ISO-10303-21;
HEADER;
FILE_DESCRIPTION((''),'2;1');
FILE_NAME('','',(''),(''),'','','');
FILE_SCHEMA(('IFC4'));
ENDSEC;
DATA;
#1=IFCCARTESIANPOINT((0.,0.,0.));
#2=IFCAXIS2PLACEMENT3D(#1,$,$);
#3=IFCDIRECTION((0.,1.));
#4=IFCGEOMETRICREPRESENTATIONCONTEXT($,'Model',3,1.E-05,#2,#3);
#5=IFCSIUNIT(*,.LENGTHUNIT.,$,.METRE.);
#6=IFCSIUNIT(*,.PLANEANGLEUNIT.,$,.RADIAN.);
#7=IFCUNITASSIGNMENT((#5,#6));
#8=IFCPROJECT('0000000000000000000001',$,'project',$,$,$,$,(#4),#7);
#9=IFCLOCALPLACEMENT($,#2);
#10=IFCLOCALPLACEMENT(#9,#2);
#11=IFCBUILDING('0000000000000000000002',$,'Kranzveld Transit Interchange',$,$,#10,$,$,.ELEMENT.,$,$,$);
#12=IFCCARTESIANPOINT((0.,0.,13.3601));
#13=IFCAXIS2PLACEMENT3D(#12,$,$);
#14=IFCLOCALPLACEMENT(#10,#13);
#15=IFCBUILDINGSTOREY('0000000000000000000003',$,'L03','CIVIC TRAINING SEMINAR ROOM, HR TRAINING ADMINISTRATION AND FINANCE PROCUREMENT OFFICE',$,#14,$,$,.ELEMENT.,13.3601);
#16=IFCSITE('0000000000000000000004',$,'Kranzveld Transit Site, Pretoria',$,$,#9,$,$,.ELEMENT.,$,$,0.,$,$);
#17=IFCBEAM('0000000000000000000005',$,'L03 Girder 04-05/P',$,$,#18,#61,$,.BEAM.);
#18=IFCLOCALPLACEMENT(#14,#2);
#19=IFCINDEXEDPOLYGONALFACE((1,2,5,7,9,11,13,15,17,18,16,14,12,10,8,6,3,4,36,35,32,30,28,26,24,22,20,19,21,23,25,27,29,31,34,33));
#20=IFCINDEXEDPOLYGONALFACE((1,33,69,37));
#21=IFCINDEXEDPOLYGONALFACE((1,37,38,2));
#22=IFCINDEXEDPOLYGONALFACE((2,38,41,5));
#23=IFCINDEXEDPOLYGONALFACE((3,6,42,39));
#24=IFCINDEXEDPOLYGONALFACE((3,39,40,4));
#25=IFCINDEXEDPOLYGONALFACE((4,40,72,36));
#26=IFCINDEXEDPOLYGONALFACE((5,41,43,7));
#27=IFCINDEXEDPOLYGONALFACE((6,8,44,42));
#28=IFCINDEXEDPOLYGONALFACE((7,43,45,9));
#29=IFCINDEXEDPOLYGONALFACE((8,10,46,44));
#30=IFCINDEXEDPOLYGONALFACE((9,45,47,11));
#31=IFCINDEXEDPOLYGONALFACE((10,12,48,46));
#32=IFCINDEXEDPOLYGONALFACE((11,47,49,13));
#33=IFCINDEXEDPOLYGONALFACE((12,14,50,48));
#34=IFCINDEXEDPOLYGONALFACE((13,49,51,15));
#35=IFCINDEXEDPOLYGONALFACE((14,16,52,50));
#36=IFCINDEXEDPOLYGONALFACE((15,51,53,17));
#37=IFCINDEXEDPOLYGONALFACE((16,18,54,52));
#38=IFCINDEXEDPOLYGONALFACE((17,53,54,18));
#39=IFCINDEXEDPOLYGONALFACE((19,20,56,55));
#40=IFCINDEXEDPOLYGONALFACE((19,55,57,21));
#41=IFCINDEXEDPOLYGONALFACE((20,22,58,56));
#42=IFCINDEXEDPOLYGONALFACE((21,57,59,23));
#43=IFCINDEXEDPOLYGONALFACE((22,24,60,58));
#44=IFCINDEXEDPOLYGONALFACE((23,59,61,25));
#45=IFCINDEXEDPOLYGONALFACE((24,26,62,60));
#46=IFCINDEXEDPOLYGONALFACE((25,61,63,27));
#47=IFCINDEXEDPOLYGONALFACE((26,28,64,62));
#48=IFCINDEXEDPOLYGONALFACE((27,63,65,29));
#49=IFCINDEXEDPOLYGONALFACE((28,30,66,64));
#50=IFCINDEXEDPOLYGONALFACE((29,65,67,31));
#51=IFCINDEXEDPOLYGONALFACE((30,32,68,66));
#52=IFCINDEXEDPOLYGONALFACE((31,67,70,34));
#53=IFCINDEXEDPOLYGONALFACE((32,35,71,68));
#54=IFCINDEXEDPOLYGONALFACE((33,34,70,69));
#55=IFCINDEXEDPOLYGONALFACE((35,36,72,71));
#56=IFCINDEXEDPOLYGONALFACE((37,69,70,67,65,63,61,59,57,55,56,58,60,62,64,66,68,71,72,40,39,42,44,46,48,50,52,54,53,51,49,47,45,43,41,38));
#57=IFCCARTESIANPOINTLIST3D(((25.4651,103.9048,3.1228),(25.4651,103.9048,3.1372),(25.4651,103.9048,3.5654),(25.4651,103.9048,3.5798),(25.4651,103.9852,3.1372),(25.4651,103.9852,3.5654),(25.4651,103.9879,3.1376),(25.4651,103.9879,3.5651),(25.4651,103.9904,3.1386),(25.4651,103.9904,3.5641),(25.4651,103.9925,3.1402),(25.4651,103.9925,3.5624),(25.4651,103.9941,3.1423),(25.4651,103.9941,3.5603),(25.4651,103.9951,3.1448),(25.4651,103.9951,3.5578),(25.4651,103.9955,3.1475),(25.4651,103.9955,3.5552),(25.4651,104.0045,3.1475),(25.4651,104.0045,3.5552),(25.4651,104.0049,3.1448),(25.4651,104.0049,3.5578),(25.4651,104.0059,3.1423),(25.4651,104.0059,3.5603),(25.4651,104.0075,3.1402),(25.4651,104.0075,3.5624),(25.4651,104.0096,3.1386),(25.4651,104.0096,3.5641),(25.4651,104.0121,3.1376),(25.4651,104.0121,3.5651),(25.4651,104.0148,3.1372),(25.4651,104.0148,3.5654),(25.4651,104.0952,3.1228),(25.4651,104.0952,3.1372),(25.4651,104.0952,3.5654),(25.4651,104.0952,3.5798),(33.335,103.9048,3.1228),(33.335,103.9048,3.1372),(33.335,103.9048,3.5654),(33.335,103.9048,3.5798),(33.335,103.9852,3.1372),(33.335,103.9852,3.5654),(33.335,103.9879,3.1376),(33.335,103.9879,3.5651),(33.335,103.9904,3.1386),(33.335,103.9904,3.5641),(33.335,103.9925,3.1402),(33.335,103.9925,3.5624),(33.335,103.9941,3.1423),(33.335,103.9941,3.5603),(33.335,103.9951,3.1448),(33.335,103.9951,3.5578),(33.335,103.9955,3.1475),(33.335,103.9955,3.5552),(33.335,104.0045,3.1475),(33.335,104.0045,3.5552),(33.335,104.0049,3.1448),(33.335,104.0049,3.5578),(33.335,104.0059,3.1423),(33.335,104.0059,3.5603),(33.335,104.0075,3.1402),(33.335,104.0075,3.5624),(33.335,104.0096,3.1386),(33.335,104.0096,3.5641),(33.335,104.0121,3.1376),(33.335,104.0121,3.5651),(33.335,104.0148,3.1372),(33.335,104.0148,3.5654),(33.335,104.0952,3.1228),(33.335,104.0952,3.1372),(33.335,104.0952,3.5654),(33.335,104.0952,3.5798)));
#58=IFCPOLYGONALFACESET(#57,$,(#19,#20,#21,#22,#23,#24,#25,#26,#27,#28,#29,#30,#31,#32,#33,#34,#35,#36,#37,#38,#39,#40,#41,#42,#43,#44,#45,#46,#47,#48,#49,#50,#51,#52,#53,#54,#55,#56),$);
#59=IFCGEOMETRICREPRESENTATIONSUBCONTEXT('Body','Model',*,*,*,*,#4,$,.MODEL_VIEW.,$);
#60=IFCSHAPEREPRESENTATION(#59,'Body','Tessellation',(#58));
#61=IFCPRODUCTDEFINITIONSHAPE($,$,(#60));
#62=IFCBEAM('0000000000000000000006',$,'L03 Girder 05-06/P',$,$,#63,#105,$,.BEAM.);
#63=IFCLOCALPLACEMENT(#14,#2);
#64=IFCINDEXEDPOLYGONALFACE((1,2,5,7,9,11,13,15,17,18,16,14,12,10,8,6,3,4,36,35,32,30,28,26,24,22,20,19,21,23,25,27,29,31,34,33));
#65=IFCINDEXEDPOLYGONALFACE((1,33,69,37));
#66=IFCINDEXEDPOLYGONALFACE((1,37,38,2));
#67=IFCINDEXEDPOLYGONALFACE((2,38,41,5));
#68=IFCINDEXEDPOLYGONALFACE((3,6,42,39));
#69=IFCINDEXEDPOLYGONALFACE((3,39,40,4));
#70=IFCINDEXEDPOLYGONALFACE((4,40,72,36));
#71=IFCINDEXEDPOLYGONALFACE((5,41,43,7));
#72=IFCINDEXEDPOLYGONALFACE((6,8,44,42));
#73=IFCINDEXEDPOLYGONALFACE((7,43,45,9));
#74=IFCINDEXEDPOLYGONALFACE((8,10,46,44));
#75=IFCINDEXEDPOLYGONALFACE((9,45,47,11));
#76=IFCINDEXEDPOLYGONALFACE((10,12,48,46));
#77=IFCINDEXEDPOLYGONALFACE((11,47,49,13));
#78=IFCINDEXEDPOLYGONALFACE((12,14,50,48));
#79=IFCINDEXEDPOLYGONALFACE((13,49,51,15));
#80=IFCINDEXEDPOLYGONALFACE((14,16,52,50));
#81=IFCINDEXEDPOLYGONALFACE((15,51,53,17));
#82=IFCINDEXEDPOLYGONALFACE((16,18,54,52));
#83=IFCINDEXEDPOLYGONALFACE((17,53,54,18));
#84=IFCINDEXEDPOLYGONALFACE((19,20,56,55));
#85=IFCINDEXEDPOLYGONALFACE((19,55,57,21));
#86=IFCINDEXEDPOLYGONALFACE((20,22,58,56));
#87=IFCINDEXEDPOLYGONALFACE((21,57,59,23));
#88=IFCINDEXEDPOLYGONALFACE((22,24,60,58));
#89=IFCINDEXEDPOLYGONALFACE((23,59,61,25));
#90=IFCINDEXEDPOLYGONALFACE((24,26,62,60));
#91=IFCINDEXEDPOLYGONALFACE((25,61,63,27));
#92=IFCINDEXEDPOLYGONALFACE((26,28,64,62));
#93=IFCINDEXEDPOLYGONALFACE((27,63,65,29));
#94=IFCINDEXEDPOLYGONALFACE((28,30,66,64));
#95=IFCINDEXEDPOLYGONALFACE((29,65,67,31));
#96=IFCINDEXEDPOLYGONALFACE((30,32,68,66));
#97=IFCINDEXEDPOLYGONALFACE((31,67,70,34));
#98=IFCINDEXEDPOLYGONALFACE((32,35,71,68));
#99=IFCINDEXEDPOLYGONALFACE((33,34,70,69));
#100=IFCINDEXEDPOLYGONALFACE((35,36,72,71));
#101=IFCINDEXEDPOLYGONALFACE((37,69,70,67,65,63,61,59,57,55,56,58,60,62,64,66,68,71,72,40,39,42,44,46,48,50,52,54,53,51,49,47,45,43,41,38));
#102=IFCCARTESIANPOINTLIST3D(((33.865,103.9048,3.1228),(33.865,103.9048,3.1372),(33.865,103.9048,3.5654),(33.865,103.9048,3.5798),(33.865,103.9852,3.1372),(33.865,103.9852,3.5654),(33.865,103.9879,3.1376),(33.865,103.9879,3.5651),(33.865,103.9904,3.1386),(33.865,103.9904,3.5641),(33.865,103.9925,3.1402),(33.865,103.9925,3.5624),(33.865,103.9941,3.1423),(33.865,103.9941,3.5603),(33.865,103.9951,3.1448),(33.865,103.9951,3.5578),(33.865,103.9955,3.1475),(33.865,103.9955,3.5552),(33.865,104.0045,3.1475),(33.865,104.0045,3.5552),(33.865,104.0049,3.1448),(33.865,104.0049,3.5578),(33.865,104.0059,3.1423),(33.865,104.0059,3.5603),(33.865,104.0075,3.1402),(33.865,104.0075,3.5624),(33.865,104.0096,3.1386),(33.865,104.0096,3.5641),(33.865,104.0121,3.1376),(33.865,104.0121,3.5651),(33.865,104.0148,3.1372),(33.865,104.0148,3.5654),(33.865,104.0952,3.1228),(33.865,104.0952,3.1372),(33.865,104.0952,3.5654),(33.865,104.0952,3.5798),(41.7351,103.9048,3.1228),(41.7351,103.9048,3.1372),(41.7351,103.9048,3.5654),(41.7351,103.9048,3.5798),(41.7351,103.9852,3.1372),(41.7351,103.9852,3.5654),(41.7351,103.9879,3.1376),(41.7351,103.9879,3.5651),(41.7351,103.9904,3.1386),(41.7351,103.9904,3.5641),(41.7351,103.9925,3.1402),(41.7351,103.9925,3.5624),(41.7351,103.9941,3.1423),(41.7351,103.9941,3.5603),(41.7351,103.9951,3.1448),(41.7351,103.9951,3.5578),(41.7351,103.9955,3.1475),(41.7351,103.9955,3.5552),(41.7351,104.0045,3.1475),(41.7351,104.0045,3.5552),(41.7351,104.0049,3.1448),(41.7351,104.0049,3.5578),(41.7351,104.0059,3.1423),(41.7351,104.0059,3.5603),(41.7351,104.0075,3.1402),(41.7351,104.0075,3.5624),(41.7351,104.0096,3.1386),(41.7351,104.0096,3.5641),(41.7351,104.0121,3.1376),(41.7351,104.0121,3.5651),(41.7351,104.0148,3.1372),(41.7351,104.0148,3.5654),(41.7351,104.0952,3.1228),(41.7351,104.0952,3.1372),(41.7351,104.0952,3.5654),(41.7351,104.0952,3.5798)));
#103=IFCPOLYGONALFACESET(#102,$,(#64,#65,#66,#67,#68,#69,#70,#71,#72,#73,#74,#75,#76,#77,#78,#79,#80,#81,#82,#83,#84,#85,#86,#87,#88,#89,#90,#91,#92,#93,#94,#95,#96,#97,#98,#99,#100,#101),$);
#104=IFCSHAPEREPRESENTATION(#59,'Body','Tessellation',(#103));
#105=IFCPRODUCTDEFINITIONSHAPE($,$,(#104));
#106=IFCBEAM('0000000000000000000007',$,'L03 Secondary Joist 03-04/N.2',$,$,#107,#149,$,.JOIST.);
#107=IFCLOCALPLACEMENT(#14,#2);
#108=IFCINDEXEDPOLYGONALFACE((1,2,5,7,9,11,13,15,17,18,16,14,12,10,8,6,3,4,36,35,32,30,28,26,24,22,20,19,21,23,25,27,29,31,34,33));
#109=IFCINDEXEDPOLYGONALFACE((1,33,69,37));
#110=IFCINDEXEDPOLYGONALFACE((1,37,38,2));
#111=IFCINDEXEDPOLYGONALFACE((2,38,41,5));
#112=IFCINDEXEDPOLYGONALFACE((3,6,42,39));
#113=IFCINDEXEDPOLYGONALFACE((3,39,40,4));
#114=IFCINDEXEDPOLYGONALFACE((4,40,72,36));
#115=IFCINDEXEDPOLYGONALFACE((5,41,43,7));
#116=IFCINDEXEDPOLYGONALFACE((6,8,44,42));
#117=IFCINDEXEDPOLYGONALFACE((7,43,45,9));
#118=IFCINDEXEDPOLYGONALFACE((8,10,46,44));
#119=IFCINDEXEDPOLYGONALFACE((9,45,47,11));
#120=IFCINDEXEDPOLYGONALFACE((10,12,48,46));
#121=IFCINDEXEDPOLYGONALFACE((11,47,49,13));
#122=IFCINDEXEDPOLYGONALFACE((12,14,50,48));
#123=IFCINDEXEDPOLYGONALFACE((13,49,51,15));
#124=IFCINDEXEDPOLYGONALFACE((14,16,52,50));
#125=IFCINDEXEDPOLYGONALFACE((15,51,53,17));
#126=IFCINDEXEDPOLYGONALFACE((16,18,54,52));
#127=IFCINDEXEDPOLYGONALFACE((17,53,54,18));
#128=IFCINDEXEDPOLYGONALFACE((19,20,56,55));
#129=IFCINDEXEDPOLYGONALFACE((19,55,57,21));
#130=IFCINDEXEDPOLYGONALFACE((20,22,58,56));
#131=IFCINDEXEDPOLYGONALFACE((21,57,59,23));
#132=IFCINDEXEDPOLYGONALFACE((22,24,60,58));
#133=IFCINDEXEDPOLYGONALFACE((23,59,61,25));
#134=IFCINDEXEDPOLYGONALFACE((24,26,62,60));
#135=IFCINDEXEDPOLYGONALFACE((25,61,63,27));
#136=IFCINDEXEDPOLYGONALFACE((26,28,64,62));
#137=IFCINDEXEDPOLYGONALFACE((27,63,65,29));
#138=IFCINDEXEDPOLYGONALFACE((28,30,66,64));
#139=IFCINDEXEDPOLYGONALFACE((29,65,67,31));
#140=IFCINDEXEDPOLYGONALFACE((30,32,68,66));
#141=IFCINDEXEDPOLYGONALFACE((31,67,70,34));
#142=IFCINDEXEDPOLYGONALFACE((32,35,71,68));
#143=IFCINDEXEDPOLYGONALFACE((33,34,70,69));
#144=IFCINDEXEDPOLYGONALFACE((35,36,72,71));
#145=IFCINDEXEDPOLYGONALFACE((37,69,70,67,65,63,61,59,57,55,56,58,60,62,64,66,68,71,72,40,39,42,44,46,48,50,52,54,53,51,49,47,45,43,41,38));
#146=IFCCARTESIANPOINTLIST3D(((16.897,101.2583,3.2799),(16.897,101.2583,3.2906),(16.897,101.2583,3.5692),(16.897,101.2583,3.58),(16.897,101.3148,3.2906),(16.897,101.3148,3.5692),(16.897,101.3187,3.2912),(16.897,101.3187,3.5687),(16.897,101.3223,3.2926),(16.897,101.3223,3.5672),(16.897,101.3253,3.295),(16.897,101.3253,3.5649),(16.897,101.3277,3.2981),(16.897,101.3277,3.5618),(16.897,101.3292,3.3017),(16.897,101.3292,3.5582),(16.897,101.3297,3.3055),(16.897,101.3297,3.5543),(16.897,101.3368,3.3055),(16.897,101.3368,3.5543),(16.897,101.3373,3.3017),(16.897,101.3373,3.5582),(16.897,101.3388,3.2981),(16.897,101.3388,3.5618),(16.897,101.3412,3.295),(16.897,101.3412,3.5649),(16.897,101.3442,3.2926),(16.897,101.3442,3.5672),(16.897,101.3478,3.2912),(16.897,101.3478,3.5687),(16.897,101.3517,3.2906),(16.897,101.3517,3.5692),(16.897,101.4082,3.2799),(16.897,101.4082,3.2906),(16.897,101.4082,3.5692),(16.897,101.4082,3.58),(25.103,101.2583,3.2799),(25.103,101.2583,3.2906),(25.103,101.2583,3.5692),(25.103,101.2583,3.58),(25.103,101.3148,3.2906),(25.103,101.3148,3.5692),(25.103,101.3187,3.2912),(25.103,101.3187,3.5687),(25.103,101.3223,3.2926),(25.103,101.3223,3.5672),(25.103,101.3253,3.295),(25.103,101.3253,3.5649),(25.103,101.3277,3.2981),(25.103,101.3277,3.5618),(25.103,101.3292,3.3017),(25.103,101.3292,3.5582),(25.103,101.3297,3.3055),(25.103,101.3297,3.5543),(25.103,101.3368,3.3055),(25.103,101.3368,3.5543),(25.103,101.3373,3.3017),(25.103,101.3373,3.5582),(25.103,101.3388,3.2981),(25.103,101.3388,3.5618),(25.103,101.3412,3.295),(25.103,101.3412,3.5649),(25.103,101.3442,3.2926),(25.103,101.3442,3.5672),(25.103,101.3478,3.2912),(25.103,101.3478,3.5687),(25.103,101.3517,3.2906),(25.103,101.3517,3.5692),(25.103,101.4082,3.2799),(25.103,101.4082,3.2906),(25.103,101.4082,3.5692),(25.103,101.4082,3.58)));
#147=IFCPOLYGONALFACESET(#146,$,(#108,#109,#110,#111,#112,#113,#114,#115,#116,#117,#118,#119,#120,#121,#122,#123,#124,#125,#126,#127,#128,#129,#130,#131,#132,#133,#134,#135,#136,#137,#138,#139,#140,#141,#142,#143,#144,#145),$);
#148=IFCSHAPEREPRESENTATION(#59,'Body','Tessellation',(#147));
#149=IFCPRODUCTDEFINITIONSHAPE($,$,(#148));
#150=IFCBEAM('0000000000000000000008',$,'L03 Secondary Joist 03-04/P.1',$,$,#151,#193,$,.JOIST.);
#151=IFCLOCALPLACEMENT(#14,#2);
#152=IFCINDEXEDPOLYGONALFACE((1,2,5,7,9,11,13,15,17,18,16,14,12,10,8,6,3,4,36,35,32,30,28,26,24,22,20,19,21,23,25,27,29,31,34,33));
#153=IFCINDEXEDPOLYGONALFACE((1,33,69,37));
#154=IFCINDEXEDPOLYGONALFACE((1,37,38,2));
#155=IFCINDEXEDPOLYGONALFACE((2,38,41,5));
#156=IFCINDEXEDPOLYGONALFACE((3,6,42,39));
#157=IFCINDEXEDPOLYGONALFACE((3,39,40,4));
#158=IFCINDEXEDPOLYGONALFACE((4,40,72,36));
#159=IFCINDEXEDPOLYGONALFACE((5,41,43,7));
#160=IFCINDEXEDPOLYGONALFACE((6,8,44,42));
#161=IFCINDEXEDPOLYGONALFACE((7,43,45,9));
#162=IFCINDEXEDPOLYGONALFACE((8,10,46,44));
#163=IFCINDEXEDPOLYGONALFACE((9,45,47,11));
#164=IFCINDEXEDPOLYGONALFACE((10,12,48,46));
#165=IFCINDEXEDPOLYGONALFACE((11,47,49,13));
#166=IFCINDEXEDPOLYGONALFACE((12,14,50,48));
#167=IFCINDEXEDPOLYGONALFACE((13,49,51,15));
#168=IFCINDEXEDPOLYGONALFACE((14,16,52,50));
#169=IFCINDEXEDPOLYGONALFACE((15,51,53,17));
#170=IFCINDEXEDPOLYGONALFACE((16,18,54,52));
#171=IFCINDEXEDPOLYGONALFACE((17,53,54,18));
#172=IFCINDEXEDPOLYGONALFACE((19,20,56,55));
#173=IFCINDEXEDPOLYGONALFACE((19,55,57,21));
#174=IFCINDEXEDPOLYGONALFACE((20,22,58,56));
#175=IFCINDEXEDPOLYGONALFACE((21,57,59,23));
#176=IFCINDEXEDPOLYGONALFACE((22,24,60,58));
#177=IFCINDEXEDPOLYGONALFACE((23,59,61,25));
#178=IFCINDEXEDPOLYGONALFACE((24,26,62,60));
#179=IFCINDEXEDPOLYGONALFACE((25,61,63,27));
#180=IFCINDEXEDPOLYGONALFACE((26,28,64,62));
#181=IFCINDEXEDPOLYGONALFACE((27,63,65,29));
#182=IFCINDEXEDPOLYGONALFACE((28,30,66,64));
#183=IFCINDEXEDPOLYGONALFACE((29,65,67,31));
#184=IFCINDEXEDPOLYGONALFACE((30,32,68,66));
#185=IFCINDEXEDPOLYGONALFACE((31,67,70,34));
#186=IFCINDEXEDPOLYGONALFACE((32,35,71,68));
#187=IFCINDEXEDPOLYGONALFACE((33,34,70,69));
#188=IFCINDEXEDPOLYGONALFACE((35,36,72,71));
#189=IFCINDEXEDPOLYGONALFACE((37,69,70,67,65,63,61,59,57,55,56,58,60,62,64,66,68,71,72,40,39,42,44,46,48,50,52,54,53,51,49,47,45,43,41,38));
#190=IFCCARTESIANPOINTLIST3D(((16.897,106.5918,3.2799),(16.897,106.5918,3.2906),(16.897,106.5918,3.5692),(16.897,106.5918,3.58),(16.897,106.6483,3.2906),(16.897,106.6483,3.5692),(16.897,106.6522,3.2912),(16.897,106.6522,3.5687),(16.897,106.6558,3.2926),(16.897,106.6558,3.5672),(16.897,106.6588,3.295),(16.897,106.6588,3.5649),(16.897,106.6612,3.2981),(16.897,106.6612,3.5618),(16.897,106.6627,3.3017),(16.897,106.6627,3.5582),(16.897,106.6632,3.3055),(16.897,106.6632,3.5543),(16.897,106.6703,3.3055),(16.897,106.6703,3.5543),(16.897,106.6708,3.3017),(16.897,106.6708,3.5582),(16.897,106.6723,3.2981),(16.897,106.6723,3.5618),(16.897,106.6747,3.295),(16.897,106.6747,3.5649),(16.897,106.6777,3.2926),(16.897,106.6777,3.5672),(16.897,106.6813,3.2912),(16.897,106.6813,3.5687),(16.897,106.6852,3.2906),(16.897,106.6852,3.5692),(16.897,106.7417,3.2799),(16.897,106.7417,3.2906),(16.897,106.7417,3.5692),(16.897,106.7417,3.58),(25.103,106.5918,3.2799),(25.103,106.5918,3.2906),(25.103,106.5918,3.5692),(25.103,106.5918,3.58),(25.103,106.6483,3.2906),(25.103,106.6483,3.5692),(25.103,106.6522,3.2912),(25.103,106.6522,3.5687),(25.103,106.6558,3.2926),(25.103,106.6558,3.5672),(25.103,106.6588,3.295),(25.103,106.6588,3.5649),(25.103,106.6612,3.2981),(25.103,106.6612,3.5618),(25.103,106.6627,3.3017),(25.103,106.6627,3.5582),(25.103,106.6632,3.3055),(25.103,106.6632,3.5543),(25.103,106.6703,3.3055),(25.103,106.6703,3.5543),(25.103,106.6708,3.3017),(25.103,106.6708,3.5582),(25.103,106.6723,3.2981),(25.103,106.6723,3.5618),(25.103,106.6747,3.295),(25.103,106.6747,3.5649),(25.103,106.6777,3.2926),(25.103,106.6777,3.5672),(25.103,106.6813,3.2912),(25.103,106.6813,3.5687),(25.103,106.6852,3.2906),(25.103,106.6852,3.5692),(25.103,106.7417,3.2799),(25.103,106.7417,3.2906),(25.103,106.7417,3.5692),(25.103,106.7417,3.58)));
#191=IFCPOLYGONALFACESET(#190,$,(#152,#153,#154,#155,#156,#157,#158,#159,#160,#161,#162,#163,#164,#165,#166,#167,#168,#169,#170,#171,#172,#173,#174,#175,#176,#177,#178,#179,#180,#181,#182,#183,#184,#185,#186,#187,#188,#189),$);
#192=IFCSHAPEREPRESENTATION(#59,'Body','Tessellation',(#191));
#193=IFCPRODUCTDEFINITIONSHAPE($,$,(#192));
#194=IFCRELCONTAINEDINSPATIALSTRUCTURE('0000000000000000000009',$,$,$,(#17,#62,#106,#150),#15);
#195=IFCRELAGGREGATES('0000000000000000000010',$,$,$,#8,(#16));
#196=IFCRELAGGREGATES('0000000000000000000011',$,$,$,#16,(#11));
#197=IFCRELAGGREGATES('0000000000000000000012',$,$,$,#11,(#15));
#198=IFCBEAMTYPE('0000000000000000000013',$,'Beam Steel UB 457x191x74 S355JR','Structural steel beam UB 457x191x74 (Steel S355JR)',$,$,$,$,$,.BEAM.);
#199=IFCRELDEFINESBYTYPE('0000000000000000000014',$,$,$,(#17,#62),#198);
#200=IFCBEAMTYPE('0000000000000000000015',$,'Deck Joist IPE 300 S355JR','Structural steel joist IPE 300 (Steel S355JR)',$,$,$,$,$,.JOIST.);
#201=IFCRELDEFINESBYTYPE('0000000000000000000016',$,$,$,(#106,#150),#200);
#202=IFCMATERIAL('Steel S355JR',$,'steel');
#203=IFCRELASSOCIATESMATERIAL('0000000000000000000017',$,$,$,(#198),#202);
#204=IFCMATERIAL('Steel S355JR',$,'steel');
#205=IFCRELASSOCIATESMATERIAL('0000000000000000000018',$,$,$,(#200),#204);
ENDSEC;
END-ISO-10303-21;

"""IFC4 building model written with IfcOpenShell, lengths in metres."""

from ifc_helpers import new_model, si_unit, direction, frame, origin, origin_2d, place, context, subcontext, project, spatial, i_section, extrude, material, material_profile, profile_set, type_object, element, save


model = new_model("IFC4")

# Units and contexts
model_context = context("Model", 3, precision=1e-05, world=origin(), true_north=direction((0.0, 1.0)))
body_context = subcontext(model_context, "Body", "Model", "MODEL_VIEW")
ifc_project = project(units=[si_unit("LENGTHUNIT", "METRE"), si_unit("PLANEANGLEUNIT", "RADIAN")], contexts=[model_context])

# Site, building, storey
site_placement = place(None, origin())
site = spatial("IfcSite", under=ifc_project, at=site_placement, Name="Kranzveld Transit Site, Pretoria", CompositionType="ELEMENT", RefElevation=0.0)
building_placement = place(site_placement, origin())
building = spatial("IfcBuilding", under=site, at=building_placement, Name="Kranzveld Transit Interchange", CompositionType="ELEMENT")
storey_placement = place(building_placement, frame((0.0, 0.0, 13.3601)))
storey = spatial("IfcBuildingStorey", under=building, at=storey_placement, Name="L03", Description="CIVIC TRAINING SEMINAR ROOM, HR TRAINING ADMINISTRATION AND FINANCE PROCUREMENT OFFICE", CompositionType="ELEMENT", Elevation=13.3601)

# Beams
ifc_material_1 = material(Name="Steel S355JR", Category="steel")
ifc_material_profile_1 = material_profile(ifc_material_1, i_section(OverallWidth=0.1904, OverallDepth=0.457, WebThickness=0.009, FlangeThickness=0.0144, FilletRadius=0.0103, at=origin_2d()), Name="UB 457x191x74")
ifc_profile_set_1 = profile_set([ifc_material_profile_1], Name="Steel S355JR")
beam_type_1 = type_object("IfcBeamType", Name="Beam Steel UB 457x191x74 S355JR", Description="Structural steel beam UB 457x191x74 (Steel S355JR)", PredefinedType="BEAM", material=ifc_profile_set_1)
beam_1_placement = place(storey_placement, frame((25.4651, 104.0, 3.3513), z_axis=(1.0, 0.0, 0.0), x_axis=(0.0, 1.0, 0.0)))
element("IfcBeam", 1, at=beam_1_placement, inside=storey, type_object=beam_type_1, Name="L03 Girder 04-05/P", PredefinedType="BEAM", context=body_context, shape_type="SweptSolid", body=[
    extrude(i_section(OverallWidth=0.1904, OverallDepth=0.457, WebThickness=0.009, FlangeThickness=0.0144, FilletRadius=0.0103, at=origin_2d()), origin(), (0.0, 0.0, 1.0), 7.8699),
])
beam_2_placement = place(storey_placement, frame((33.865, 104.0, 3.3513), z_axis=(1.0, 0.0, 0.0), x_axis=(0.0, 1.0, 0.0)))
element("IfcBeam", 2, at=beam_2_placement, inside=storey, type_object=beam_type_1, Name="L03 Girder 05-06/P", PredefinedType="BEAM", context=body_context, shape_type="SweptSolid", body=[
    extrude(i_section(OverallWidth=0.1904, OverallDepth=0.457, WebThickness=0.009, FlangeThickness=0.0144, FilletRadius=0.0103, at=origin_2d()), origin(), (0.0, 0.0, 1.0), 7.8701),
])
ifc_material_2 = material(Name="Steel S355JR", Category="steel")
ifc_material_profile_2 = material_profile(ifc_material_2, i_section(OverallWidth=0.1499, OverallDepth=0.3, WebThickness=0.0071, FlangeThickness=0.0107, FilletRadius=0.0149, at=origin_2d()), Name="IPE 300")
ifc_profile_set_2 = profile_set([ifc_material_profile_2], Name="Steel S355JR")
beam_type_2 = type_object("IfcBeamType", Name="Deck Joist IPE 300 S355JR", Description="Structural steel joist IPE 300 (Steel S355JR)", PredefinedType="JOIST", material=ifc_profile_set_2)
for number, where, z_axis, x_axis, name in (
    (3, (16.897, 101.3333, 3.4299), (1.0, 0.0, 0.0), (0.0, 1.0, 0.0), "L03 Secondary Joist 03-04/N.2"),
    (4, (16.897, 106.6667, 3.4299), (1.0, 0.0, 0.0), (0.0, 1.0, 0.0), "L03 Secondary Joist 03-04/P.1"),
):
    element("IfcBeam", number, at=place(storey_placement, frame(where, z_axis=z_axis, x_axis=x_axis)), inside=storey, type_object=beam_type_2, Name=name, PredefinedType="JOIST", context=body_context, shape_type="SweptSolid", body=[
        extrude(i_section(OverallWidth=0.1499, OverallDepth=0.3, WebThickness=0.0071, FlangeThickness=0.0107, FilletRadius=0.0149, at=origin_2d()), origin(), (0.0, 0.0, 1.0), 8.2061),
    ])

save(model, "model.ifc")
